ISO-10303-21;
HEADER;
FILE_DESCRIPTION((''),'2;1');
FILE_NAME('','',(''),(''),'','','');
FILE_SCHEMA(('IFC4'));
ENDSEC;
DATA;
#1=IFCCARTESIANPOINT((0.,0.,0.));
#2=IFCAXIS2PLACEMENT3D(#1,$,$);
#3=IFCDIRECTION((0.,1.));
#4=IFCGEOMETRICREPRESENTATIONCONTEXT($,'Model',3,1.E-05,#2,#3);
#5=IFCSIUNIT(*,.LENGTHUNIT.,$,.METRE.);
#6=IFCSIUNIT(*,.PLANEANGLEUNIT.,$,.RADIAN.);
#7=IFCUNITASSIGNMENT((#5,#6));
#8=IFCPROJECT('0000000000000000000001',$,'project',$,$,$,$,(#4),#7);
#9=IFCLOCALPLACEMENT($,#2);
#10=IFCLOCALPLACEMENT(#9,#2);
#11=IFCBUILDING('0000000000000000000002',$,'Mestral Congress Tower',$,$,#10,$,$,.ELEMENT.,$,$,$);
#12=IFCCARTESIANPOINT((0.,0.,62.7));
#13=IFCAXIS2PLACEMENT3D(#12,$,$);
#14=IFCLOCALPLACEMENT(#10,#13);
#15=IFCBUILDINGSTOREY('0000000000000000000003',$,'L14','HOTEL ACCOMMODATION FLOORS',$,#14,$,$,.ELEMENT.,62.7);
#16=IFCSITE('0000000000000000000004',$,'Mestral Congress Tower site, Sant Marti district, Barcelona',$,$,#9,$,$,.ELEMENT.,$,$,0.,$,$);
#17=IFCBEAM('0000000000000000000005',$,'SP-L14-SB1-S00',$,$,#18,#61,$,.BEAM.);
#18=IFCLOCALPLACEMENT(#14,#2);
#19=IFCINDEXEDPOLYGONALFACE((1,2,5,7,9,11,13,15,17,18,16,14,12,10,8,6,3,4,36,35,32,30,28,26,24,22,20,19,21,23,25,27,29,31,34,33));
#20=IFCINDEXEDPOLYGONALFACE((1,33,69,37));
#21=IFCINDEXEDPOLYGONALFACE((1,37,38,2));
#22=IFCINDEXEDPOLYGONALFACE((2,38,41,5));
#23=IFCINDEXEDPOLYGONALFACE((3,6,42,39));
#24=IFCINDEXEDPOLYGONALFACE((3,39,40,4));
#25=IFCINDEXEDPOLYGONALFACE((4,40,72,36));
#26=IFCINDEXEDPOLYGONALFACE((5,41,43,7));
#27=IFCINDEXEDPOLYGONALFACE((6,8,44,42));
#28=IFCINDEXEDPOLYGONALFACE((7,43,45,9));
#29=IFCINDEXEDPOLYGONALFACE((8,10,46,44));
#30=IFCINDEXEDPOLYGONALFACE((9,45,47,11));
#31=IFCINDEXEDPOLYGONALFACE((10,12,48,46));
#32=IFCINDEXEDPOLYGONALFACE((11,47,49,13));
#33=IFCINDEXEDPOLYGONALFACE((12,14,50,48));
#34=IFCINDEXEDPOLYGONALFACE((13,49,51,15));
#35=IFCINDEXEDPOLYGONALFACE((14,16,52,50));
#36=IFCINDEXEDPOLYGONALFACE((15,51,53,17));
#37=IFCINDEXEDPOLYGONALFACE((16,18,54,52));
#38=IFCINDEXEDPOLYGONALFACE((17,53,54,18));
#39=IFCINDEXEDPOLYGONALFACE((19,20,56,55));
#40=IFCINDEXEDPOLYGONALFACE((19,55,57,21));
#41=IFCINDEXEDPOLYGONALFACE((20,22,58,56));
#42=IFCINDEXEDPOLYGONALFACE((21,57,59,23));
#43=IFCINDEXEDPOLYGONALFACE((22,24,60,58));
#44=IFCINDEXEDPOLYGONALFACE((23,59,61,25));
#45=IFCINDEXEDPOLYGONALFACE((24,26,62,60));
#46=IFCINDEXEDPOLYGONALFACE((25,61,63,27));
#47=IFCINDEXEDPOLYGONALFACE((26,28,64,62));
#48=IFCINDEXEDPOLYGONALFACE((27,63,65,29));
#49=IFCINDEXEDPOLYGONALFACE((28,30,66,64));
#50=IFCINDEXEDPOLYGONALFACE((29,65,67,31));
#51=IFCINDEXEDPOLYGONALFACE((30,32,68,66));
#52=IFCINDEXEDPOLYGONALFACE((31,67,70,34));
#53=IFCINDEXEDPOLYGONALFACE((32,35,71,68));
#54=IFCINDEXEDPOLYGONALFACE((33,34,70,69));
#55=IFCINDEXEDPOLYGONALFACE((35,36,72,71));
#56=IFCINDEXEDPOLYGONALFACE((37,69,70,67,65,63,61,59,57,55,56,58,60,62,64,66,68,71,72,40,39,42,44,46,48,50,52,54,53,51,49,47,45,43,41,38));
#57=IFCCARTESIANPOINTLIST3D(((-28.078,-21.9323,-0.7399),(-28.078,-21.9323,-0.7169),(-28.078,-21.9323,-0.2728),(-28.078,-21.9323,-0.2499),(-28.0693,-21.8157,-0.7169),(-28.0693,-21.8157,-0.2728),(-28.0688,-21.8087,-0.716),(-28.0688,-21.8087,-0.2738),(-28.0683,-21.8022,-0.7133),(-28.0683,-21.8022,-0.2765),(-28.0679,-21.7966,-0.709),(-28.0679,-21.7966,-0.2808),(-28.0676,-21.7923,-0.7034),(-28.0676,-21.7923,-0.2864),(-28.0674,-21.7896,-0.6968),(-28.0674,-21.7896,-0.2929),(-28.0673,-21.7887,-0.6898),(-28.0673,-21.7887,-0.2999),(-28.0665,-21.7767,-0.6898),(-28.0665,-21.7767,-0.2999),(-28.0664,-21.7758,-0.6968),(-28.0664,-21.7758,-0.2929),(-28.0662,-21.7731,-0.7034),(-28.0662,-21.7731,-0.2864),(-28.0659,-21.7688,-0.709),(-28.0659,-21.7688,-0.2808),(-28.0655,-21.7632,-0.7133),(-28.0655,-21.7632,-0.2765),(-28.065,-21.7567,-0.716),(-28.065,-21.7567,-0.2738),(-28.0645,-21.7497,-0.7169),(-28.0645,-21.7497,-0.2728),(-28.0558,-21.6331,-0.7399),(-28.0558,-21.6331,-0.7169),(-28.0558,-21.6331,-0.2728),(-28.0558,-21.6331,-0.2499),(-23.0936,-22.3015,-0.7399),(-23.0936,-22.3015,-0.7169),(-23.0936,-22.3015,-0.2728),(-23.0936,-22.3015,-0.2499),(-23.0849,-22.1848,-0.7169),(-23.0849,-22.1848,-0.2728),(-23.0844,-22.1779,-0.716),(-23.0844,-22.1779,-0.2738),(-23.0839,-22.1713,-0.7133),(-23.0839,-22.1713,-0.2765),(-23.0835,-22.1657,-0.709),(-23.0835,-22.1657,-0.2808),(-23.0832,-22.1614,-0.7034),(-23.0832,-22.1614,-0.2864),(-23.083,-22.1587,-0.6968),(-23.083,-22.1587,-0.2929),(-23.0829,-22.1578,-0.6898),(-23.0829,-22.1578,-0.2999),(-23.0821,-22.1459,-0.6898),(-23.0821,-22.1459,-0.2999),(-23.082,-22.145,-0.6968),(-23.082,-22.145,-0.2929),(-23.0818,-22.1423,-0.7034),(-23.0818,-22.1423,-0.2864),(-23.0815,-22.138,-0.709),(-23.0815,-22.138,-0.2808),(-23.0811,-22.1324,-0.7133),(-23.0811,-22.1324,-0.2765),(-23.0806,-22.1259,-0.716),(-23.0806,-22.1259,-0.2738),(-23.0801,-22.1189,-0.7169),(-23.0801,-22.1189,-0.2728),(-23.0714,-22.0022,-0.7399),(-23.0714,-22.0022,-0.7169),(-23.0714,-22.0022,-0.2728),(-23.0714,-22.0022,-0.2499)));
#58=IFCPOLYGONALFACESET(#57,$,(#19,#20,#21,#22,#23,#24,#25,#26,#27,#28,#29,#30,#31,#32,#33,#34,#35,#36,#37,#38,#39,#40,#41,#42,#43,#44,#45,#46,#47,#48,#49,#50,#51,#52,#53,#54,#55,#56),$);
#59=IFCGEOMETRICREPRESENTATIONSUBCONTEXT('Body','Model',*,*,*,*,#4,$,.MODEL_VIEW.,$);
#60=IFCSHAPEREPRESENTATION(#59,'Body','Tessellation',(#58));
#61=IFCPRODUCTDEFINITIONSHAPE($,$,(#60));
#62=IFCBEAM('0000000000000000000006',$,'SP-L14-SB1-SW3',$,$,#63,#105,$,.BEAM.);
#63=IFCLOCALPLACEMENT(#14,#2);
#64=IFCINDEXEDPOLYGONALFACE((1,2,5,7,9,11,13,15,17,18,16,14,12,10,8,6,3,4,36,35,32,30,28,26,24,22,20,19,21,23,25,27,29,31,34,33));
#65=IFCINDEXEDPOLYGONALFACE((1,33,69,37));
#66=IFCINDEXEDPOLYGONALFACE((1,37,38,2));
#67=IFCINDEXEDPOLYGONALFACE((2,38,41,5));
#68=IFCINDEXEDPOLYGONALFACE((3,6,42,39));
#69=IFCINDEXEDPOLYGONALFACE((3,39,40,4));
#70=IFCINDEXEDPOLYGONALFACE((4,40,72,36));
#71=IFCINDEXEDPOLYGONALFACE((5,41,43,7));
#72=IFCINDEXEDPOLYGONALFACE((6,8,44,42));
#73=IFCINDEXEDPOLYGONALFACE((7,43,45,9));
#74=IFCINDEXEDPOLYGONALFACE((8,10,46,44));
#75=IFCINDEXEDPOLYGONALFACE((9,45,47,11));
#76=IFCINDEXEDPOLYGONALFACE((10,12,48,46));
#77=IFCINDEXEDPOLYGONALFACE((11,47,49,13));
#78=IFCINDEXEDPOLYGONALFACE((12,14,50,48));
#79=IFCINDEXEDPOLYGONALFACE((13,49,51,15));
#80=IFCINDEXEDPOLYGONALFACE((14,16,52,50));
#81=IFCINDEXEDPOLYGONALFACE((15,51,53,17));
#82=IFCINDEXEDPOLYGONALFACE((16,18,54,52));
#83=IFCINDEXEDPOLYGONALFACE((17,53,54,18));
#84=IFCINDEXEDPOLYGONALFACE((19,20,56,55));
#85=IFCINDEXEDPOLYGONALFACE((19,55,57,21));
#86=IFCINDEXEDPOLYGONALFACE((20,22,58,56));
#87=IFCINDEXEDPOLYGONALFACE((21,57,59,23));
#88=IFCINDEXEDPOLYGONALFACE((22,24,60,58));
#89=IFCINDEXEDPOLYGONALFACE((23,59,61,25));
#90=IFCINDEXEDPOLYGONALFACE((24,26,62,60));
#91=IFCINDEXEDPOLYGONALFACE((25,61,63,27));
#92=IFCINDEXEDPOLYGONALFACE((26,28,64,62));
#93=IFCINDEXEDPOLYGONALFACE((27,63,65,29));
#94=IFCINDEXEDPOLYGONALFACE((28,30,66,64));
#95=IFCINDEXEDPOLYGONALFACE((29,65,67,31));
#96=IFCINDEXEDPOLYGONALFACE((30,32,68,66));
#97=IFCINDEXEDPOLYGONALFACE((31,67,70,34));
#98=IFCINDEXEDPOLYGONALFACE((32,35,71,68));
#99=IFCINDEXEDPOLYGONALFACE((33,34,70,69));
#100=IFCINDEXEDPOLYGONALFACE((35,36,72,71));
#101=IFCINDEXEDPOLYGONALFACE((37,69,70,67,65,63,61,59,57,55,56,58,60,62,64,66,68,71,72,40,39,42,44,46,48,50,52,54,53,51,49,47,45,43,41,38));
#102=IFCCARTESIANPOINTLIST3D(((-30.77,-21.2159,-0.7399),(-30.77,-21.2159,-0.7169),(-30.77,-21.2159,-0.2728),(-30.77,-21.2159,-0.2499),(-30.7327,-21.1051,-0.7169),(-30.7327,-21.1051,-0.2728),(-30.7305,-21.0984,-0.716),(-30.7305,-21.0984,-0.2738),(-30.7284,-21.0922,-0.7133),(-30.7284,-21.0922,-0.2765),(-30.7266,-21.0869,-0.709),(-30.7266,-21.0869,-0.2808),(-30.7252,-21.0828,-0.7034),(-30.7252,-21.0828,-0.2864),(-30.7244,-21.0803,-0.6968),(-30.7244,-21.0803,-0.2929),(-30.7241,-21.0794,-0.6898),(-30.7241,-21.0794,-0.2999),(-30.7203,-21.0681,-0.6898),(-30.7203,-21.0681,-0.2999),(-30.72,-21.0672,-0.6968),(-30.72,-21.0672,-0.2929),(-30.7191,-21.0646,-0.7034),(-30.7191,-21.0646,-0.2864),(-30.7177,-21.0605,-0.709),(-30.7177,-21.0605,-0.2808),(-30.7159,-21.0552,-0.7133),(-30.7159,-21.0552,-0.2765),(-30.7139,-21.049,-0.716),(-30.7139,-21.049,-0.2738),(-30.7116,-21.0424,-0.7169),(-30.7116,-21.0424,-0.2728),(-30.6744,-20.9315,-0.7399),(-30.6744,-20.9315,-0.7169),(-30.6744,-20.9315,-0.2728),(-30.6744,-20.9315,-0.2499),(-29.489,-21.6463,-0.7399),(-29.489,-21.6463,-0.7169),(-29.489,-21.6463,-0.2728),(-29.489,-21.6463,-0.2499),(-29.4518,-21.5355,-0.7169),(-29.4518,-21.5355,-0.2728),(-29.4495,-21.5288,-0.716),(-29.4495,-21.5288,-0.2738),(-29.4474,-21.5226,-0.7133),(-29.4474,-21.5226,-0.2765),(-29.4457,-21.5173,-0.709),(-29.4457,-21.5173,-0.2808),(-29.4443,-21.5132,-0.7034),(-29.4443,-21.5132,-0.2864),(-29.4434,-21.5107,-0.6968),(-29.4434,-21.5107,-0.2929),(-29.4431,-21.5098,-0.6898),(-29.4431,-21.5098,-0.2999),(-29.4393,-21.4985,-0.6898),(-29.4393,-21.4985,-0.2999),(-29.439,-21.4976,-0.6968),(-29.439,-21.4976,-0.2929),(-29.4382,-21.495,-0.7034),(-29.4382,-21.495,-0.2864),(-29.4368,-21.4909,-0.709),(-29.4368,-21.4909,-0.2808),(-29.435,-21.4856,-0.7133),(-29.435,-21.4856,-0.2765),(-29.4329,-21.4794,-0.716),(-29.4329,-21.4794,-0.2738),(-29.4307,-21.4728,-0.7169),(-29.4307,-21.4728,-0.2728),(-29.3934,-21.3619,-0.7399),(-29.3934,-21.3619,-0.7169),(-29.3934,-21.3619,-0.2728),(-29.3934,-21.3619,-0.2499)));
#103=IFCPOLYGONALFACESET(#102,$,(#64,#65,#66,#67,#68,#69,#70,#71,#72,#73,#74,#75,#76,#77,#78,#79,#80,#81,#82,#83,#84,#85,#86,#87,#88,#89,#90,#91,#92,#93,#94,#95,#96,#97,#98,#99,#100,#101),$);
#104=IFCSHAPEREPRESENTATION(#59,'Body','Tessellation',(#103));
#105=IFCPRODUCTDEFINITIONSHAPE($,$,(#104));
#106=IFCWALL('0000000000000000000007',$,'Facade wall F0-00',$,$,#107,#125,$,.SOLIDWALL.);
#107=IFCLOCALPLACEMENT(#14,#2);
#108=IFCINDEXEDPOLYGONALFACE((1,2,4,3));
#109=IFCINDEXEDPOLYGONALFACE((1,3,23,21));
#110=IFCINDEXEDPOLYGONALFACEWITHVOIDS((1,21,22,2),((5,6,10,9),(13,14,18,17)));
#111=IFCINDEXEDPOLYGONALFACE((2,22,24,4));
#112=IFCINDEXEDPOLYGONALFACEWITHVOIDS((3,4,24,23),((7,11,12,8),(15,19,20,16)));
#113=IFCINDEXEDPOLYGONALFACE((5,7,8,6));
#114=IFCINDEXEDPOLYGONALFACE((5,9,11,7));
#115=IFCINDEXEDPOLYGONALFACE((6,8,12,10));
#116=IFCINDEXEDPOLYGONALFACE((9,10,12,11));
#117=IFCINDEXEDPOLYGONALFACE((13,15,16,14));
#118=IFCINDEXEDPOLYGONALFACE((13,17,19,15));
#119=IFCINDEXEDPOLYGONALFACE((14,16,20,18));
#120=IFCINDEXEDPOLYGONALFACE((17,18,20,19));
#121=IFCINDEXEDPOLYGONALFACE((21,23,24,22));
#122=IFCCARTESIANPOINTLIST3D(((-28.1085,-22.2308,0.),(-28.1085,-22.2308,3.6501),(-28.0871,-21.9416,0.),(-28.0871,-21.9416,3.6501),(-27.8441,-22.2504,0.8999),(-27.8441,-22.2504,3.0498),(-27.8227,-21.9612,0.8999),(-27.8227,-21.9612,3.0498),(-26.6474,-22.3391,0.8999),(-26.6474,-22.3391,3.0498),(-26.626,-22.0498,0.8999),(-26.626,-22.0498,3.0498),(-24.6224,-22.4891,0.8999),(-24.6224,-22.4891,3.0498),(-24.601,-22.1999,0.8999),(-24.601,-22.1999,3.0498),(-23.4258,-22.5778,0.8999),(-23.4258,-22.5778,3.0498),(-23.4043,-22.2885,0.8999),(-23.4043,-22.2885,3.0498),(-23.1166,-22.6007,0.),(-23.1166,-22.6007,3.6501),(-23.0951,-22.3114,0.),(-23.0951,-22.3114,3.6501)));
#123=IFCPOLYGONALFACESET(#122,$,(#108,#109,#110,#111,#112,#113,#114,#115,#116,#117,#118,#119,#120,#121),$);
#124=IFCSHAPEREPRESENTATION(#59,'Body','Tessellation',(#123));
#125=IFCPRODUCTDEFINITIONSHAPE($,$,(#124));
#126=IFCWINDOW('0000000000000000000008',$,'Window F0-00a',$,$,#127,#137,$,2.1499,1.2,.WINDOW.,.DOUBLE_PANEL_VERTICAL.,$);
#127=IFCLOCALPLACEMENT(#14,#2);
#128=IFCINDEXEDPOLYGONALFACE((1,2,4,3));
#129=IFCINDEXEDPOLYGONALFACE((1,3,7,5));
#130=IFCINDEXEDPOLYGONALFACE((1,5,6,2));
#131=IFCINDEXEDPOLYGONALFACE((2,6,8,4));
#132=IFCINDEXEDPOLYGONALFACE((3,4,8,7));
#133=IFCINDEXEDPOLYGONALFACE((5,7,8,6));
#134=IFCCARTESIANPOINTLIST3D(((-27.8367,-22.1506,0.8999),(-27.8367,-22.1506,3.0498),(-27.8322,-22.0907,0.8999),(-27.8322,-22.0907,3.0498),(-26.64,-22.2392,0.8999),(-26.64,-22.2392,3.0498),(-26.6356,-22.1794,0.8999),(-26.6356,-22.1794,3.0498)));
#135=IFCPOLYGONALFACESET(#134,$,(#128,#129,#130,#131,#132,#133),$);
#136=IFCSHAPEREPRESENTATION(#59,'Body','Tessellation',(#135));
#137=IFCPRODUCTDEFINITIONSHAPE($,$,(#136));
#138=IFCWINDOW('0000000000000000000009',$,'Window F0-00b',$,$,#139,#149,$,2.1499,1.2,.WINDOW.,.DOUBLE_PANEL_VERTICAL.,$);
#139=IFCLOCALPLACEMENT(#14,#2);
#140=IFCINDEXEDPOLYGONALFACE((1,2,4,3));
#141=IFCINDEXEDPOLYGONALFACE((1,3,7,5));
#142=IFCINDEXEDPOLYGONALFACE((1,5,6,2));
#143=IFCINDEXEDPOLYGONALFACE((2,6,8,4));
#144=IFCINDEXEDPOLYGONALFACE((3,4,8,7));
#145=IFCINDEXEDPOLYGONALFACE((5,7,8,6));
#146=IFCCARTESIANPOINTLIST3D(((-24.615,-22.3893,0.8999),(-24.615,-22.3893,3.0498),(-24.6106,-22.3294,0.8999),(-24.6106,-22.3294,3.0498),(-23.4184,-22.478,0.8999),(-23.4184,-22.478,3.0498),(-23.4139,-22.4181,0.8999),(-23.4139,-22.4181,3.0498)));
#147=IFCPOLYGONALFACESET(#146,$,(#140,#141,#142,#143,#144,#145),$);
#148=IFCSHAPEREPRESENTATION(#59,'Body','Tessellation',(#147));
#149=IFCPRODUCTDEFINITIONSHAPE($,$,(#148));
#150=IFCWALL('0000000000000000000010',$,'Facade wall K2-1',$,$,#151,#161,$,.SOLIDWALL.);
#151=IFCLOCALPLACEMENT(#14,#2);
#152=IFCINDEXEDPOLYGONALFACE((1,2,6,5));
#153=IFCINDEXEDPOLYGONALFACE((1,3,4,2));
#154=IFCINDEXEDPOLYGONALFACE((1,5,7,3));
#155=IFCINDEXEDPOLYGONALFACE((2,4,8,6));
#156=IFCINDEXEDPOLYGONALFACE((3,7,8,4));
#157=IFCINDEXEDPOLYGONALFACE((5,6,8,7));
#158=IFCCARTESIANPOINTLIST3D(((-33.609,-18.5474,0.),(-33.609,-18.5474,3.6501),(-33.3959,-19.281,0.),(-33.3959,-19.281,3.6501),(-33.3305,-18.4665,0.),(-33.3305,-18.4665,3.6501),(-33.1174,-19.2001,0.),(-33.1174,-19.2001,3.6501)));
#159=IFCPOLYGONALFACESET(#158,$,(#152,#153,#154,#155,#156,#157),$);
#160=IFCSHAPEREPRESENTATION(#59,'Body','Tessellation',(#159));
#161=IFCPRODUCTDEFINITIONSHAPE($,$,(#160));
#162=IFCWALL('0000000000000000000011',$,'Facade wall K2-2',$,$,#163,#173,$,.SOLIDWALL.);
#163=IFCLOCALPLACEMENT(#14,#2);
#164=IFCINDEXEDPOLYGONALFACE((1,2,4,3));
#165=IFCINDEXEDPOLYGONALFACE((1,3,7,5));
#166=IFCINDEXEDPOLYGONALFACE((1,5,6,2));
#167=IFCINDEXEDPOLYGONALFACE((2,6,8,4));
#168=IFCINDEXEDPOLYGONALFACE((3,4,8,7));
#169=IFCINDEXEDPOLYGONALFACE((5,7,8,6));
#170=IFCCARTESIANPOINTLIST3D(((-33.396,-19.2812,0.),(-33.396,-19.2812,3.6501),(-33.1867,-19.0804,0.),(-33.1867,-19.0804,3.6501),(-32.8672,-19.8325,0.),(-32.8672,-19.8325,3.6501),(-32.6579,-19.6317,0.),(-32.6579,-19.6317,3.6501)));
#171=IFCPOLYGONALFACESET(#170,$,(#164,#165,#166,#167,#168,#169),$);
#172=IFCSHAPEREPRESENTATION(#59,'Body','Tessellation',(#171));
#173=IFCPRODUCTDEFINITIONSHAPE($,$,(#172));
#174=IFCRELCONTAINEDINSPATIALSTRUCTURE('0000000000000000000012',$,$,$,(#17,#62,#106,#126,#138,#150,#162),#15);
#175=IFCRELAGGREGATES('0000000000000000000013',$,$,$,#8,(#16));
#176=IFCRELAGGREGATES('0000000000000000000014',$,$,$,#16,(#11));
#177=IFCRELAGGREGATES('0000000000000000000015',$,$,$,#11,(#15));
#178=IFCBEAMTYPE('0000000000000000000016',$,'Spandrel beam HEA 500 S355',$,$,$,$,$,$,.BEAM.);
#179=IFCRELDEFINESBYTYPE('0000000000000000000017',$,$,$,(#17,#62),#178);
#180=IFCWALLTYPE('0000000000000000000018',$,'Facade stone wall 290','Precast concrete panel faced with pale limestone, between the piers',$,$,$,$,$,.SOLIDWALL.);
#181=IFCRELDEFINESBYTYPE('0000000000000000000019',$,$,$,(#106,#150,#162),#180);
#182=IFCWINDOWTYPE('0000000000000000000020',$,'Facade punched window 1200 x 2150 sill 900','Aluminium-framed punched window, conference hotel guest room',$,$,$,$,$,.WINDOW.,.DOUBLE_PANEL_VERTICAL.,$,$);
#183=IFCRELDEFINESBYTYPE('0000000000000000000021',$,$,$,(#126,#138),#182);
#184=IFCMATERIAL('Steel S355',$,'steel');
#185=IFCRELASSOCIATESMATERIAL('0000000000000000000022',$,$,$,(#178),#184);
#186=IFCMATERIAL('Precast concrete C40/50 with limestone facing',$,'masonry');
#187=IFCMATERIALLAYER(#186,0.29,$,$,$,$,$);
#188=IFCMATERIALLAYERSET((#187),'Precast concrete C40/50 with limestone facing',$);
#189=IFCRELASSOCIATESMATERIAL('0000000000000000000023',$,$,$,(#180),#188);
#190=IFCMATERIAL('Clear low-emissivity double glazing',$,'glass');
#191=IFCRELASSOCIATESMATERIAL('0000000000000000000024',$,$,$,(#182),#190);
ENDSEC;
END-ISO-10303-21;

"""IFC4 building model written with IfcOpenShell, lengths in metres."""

from ifc_helpers import new_model, si_unit, direction, frame, frame_2d, origin, origin_2d, place, context, subcontext, project, spatial, rectangle, i_section, extrude, material, layer, layer_set, material_profile, profile_set, type_object, element, fill, save


model = new_model("IFC4")

# Units and contexts
model_context = context("Model", 3, precision=1e-05, world=origin(), true_north=direction((0.0, 1.0)))
body_context = subcontext(model_context, "Body", "Model", "MODEL_VIEW")
ifc_project = project(units=[si_unit("LENGTHUNIT", "METRE"), si_unit("PLANEANGLEUNIT", "RADIAN")], contexts=[model_context])

# Site, building, storey
site_placement = place(None, origin())
site = spatial("IfcSite", under=ifc_project, at=site_placement, Name="Mestral Congress Tower site, Sant Marti district, Barcelona", CompositionType="ELEMENT", RefElevation=0.0)
building_placement = place(site_placement, origin())
building = spatial("IfcBuilding", under=site, at=building_placement, Name="Mestral Congress Tower", CompositionType="ELEMENT")
storey_placement = place(building_placement, frame((0.0, 0.0, 62.7)))
storey = spatial("IfcBuildingStorey", under=building, at=storey_placement, Name="L14", Description="HOTEL ACCOMMODATION FLOORS", CompositionType="ELEMENT", Elevation=62.7)

# Beams
ifc_material_1 = material(Name="Steel S355", Category="steel")
ifc_material_profile_1 = material_profile(ifc_material_1, i_section(OverallWidth=0.3, OverallDepth=0.49, WebThickness=0.012, FlangeThickness=0.0229, FilletRadius=0.0271, at=origin_2d()), Name="HEA 500")
ifc_profile_set_1 = profile_set([ifc_material_profile_1], Name="Steel S355")
beam_type_1 = type_object("IfcBeamType", Name="Spandrel beam HEA 500 S355", PredefinedType="BEAM", material=ifc_profile_set_1)
beam_1_placement = place(storey_placement, frame((-28.0669, -21.7827, -0.4949), z_axis=(0.997269, -0.073857, 0.0), x_axis=(0.073857, 0.997269, 0.0)))
element("IfcBeam", 1, at=beam_1_placement, inside=storey, type_object=beam_type_1, Name="SP-L14-SB1-S00", PredefinedType="BEAM", context=body_context, shape_type="SweptSolid", body=[
    extrude(i_section(OverallWidth=0.3, OverallDepth=0.49, WebThickness=0.012, FlangeThickness=0.0229, FilletRadius=0.0271, at=origin_2d()), origin(), (0.0, 0.0, 1.0), 4.998),
])
beam_2_placement = place(storey_placement, frame((-30.7222, -21.0737, -0.4949), z_axis=(0.947922, -0.318503, 0.0), x_axis=(0.318503, 0.947922, 0.0)))
element("IfcBeam", 2, at=beam_2_placement, inside=storey, type_object=beam_type_1, Name="SP-L14-SB1-SW3", PredefinedType="BEAM", context=body_context, shape_type="SweptSolid", body=[
    extrude(i_section(OverallWidth=0.3, OverallDepth=0.49, WebThickness=0.012, FlangeThickness=0.0229, FilletRadius=0.0271, at=origin_2d()), origin(), (0.0, 0.0, 1.0), 1.3513),
])

# Wall, openings, windows
ifc_material_2 = material(Name="Precast concrete C40/50 with limestone facing", Category="masonry")
ifc_layer = layer(ifc_material_2, 0.29)
ifc_layer_set = layer_set([ifc_layer], Name="Precast concrete C40/50 with limestone facing")
wall_type = type_object("IfcWallType", Name="Facade stone wall 290", Description="Precast concrete panel faced with pale limestone, between the piers", PredefinedType="SOLIDWALL", material=ifc_layer_set)
wall_1_placement = place(storey_placement, frame((-28.0979, -22.0862, 0.0), z_axis=(0.0, 0.0, 1.0), x_axis=(0.997266, -0.073891, 0.0)))
wall_1 = element("IfcWall", 3, at=wall_1_placement, inside=storey, type_object=wall_type, Name="Facade wall F0-00", PredefinedType="SOLIDWALL", context=body_context, shape_type="SweptSolid", body=[
    extrude(rectangle(XDim=5.0056, YDim=0.29, at=frame_2d((2.5029, 0.0))), origin(), (0.0, 0.0, 1.0), 3.6501),
])
opening_1_placement = place(wall_1_placement, frame((0.2651, 0.0, 0.8999)))
opening_1 = element("IfcOpeningElement", 4, at=opening_1_placement, cuts=wall_1, PredefinedType="OPENING", context=body_context, shape_type="SweptSolid", body=[
    extrude(rectangle(XDim=1.2, YDim=2.1499, at=frame_2d((0.6001, 1.075))), frame((0.0, 0.155, 0.0), z_axis=(0.0, -1.0, 0.0), x_axis=(1.0, 0.0, 0.0)), (0.0, 0.0, 1.0), 0.3101),
])
opening_2_placement = place(wall_1_placement, frame((3.4956, 0.0, 0.8999)))
opening_2 = element("IfcOpeningElement", 5, at=opening_2_placement, cuts=wall_1, PredefinedType="OPENING", context=body_context, shape_type="SweptSolid", body=[
    extrude(rectangle(XDim=1.2, YDim=2.1499, at=frame_2d((0.6001, 1.075))), frame((0.0, 0.155, 0.0), z_axis=(0.0, -1.0, 0.0), x_axis=(1.0, 0.0, 0.0)), (0.0, 0.0, 1.0), 0.3101),
])
ifc_material_3 = material(Name="Clear low-emissivity double glazing", Category="glass")
window_type_1 = type_object("IfcWindowType", Name="Facade punched window 1200 x 2150 sill 900", Description="Aluminium-framed punched window, conference hotel guest room", PartitioningType="DOUBLE_PANEL_VERTICAL", PredefinedType="WINDOW", material=ifc_material_3)
window_1_placement = place(opening_1_placement, origin())
window_1 = element("IfcWindow", 6, at=window_1_placement, inside=storey, type_object=window_type_1, Name="Window F0-00a", OverallHeight=2.1499, OverallWidth=1.2, PartitioningType="DOUBLE_PANEL_VERTICAL", PredefinedType="WINDOW", context=body_context, shape_type="SweptSolid", body=[
    extrude(rectangle(XDim=1.2, YDim=2.1499, at=frame_2d((0.6001, 1.075))), frame((0.0, 0.0151, 0.0), z_axis=(0.0, -1.0, 0.0), x_axis=(1.0, 0.0, 0.0)), (0.0, 0.0, 1.0), 0.0601),
])
fill(opening_1, window_1)
window_2_placement = place(opening_2_placement, origin())
window_2 = element("IfcWindow", 7, at=window_2_placement, inside=storey, type_object=window_type_1, Name="Window F0-00b", OverallHeight=2.1499, OverallWidth=1.2, PartitioningType="DOUBLE_PANEL_VERTICAL", PredefinedType="WINDOW", context=body_context, shape_type="SweptSolid", body=[
    extrude(rectangle(XDim=1.2, YDim=2.1499, at=frame_2d((0.6001, 1.075))), frame((0.0, 0.0151, 0.0), z_axis=(0.0, -1.0, 0.0), x_axis=(1.0, 0.0, 0.0)), (0.0, 0.0, 1.0), 0.0601),
])
fill(opening_2, window_2)

# Walls
for number, where, z_axis, x_axis, name in (
    (8, (-33.4697, -18.5071, 0.0), (0.0, 0.0, 1.0), (0.278981, -0.960297, 0.0), "Facade wall K2-1"),
    (9, (-33.2913, -19.1809, 0.0), (0.0, 0.0, 1.0), (0.692252, -0.721656, 0.0), "Facade wall K2-2"),
):
    element("IfcWall", number, at=place(storey_placement, frame(where, z_axis=z_axis, x_axis=x_axis)), inside=storey, type_object=wall_type, Name=name, PredefinedType="SOLIDWALL", context=body_context, shape_type="SweptSolid", body=[
        extrude(rectangle(XDim=0.7639, YDim=0.29, at=frame_2d((0.3818, 0.0))), origin(), (0.0, 0.0, 1.0), 3.6501),
    ])

save(model, "model.ifc")
